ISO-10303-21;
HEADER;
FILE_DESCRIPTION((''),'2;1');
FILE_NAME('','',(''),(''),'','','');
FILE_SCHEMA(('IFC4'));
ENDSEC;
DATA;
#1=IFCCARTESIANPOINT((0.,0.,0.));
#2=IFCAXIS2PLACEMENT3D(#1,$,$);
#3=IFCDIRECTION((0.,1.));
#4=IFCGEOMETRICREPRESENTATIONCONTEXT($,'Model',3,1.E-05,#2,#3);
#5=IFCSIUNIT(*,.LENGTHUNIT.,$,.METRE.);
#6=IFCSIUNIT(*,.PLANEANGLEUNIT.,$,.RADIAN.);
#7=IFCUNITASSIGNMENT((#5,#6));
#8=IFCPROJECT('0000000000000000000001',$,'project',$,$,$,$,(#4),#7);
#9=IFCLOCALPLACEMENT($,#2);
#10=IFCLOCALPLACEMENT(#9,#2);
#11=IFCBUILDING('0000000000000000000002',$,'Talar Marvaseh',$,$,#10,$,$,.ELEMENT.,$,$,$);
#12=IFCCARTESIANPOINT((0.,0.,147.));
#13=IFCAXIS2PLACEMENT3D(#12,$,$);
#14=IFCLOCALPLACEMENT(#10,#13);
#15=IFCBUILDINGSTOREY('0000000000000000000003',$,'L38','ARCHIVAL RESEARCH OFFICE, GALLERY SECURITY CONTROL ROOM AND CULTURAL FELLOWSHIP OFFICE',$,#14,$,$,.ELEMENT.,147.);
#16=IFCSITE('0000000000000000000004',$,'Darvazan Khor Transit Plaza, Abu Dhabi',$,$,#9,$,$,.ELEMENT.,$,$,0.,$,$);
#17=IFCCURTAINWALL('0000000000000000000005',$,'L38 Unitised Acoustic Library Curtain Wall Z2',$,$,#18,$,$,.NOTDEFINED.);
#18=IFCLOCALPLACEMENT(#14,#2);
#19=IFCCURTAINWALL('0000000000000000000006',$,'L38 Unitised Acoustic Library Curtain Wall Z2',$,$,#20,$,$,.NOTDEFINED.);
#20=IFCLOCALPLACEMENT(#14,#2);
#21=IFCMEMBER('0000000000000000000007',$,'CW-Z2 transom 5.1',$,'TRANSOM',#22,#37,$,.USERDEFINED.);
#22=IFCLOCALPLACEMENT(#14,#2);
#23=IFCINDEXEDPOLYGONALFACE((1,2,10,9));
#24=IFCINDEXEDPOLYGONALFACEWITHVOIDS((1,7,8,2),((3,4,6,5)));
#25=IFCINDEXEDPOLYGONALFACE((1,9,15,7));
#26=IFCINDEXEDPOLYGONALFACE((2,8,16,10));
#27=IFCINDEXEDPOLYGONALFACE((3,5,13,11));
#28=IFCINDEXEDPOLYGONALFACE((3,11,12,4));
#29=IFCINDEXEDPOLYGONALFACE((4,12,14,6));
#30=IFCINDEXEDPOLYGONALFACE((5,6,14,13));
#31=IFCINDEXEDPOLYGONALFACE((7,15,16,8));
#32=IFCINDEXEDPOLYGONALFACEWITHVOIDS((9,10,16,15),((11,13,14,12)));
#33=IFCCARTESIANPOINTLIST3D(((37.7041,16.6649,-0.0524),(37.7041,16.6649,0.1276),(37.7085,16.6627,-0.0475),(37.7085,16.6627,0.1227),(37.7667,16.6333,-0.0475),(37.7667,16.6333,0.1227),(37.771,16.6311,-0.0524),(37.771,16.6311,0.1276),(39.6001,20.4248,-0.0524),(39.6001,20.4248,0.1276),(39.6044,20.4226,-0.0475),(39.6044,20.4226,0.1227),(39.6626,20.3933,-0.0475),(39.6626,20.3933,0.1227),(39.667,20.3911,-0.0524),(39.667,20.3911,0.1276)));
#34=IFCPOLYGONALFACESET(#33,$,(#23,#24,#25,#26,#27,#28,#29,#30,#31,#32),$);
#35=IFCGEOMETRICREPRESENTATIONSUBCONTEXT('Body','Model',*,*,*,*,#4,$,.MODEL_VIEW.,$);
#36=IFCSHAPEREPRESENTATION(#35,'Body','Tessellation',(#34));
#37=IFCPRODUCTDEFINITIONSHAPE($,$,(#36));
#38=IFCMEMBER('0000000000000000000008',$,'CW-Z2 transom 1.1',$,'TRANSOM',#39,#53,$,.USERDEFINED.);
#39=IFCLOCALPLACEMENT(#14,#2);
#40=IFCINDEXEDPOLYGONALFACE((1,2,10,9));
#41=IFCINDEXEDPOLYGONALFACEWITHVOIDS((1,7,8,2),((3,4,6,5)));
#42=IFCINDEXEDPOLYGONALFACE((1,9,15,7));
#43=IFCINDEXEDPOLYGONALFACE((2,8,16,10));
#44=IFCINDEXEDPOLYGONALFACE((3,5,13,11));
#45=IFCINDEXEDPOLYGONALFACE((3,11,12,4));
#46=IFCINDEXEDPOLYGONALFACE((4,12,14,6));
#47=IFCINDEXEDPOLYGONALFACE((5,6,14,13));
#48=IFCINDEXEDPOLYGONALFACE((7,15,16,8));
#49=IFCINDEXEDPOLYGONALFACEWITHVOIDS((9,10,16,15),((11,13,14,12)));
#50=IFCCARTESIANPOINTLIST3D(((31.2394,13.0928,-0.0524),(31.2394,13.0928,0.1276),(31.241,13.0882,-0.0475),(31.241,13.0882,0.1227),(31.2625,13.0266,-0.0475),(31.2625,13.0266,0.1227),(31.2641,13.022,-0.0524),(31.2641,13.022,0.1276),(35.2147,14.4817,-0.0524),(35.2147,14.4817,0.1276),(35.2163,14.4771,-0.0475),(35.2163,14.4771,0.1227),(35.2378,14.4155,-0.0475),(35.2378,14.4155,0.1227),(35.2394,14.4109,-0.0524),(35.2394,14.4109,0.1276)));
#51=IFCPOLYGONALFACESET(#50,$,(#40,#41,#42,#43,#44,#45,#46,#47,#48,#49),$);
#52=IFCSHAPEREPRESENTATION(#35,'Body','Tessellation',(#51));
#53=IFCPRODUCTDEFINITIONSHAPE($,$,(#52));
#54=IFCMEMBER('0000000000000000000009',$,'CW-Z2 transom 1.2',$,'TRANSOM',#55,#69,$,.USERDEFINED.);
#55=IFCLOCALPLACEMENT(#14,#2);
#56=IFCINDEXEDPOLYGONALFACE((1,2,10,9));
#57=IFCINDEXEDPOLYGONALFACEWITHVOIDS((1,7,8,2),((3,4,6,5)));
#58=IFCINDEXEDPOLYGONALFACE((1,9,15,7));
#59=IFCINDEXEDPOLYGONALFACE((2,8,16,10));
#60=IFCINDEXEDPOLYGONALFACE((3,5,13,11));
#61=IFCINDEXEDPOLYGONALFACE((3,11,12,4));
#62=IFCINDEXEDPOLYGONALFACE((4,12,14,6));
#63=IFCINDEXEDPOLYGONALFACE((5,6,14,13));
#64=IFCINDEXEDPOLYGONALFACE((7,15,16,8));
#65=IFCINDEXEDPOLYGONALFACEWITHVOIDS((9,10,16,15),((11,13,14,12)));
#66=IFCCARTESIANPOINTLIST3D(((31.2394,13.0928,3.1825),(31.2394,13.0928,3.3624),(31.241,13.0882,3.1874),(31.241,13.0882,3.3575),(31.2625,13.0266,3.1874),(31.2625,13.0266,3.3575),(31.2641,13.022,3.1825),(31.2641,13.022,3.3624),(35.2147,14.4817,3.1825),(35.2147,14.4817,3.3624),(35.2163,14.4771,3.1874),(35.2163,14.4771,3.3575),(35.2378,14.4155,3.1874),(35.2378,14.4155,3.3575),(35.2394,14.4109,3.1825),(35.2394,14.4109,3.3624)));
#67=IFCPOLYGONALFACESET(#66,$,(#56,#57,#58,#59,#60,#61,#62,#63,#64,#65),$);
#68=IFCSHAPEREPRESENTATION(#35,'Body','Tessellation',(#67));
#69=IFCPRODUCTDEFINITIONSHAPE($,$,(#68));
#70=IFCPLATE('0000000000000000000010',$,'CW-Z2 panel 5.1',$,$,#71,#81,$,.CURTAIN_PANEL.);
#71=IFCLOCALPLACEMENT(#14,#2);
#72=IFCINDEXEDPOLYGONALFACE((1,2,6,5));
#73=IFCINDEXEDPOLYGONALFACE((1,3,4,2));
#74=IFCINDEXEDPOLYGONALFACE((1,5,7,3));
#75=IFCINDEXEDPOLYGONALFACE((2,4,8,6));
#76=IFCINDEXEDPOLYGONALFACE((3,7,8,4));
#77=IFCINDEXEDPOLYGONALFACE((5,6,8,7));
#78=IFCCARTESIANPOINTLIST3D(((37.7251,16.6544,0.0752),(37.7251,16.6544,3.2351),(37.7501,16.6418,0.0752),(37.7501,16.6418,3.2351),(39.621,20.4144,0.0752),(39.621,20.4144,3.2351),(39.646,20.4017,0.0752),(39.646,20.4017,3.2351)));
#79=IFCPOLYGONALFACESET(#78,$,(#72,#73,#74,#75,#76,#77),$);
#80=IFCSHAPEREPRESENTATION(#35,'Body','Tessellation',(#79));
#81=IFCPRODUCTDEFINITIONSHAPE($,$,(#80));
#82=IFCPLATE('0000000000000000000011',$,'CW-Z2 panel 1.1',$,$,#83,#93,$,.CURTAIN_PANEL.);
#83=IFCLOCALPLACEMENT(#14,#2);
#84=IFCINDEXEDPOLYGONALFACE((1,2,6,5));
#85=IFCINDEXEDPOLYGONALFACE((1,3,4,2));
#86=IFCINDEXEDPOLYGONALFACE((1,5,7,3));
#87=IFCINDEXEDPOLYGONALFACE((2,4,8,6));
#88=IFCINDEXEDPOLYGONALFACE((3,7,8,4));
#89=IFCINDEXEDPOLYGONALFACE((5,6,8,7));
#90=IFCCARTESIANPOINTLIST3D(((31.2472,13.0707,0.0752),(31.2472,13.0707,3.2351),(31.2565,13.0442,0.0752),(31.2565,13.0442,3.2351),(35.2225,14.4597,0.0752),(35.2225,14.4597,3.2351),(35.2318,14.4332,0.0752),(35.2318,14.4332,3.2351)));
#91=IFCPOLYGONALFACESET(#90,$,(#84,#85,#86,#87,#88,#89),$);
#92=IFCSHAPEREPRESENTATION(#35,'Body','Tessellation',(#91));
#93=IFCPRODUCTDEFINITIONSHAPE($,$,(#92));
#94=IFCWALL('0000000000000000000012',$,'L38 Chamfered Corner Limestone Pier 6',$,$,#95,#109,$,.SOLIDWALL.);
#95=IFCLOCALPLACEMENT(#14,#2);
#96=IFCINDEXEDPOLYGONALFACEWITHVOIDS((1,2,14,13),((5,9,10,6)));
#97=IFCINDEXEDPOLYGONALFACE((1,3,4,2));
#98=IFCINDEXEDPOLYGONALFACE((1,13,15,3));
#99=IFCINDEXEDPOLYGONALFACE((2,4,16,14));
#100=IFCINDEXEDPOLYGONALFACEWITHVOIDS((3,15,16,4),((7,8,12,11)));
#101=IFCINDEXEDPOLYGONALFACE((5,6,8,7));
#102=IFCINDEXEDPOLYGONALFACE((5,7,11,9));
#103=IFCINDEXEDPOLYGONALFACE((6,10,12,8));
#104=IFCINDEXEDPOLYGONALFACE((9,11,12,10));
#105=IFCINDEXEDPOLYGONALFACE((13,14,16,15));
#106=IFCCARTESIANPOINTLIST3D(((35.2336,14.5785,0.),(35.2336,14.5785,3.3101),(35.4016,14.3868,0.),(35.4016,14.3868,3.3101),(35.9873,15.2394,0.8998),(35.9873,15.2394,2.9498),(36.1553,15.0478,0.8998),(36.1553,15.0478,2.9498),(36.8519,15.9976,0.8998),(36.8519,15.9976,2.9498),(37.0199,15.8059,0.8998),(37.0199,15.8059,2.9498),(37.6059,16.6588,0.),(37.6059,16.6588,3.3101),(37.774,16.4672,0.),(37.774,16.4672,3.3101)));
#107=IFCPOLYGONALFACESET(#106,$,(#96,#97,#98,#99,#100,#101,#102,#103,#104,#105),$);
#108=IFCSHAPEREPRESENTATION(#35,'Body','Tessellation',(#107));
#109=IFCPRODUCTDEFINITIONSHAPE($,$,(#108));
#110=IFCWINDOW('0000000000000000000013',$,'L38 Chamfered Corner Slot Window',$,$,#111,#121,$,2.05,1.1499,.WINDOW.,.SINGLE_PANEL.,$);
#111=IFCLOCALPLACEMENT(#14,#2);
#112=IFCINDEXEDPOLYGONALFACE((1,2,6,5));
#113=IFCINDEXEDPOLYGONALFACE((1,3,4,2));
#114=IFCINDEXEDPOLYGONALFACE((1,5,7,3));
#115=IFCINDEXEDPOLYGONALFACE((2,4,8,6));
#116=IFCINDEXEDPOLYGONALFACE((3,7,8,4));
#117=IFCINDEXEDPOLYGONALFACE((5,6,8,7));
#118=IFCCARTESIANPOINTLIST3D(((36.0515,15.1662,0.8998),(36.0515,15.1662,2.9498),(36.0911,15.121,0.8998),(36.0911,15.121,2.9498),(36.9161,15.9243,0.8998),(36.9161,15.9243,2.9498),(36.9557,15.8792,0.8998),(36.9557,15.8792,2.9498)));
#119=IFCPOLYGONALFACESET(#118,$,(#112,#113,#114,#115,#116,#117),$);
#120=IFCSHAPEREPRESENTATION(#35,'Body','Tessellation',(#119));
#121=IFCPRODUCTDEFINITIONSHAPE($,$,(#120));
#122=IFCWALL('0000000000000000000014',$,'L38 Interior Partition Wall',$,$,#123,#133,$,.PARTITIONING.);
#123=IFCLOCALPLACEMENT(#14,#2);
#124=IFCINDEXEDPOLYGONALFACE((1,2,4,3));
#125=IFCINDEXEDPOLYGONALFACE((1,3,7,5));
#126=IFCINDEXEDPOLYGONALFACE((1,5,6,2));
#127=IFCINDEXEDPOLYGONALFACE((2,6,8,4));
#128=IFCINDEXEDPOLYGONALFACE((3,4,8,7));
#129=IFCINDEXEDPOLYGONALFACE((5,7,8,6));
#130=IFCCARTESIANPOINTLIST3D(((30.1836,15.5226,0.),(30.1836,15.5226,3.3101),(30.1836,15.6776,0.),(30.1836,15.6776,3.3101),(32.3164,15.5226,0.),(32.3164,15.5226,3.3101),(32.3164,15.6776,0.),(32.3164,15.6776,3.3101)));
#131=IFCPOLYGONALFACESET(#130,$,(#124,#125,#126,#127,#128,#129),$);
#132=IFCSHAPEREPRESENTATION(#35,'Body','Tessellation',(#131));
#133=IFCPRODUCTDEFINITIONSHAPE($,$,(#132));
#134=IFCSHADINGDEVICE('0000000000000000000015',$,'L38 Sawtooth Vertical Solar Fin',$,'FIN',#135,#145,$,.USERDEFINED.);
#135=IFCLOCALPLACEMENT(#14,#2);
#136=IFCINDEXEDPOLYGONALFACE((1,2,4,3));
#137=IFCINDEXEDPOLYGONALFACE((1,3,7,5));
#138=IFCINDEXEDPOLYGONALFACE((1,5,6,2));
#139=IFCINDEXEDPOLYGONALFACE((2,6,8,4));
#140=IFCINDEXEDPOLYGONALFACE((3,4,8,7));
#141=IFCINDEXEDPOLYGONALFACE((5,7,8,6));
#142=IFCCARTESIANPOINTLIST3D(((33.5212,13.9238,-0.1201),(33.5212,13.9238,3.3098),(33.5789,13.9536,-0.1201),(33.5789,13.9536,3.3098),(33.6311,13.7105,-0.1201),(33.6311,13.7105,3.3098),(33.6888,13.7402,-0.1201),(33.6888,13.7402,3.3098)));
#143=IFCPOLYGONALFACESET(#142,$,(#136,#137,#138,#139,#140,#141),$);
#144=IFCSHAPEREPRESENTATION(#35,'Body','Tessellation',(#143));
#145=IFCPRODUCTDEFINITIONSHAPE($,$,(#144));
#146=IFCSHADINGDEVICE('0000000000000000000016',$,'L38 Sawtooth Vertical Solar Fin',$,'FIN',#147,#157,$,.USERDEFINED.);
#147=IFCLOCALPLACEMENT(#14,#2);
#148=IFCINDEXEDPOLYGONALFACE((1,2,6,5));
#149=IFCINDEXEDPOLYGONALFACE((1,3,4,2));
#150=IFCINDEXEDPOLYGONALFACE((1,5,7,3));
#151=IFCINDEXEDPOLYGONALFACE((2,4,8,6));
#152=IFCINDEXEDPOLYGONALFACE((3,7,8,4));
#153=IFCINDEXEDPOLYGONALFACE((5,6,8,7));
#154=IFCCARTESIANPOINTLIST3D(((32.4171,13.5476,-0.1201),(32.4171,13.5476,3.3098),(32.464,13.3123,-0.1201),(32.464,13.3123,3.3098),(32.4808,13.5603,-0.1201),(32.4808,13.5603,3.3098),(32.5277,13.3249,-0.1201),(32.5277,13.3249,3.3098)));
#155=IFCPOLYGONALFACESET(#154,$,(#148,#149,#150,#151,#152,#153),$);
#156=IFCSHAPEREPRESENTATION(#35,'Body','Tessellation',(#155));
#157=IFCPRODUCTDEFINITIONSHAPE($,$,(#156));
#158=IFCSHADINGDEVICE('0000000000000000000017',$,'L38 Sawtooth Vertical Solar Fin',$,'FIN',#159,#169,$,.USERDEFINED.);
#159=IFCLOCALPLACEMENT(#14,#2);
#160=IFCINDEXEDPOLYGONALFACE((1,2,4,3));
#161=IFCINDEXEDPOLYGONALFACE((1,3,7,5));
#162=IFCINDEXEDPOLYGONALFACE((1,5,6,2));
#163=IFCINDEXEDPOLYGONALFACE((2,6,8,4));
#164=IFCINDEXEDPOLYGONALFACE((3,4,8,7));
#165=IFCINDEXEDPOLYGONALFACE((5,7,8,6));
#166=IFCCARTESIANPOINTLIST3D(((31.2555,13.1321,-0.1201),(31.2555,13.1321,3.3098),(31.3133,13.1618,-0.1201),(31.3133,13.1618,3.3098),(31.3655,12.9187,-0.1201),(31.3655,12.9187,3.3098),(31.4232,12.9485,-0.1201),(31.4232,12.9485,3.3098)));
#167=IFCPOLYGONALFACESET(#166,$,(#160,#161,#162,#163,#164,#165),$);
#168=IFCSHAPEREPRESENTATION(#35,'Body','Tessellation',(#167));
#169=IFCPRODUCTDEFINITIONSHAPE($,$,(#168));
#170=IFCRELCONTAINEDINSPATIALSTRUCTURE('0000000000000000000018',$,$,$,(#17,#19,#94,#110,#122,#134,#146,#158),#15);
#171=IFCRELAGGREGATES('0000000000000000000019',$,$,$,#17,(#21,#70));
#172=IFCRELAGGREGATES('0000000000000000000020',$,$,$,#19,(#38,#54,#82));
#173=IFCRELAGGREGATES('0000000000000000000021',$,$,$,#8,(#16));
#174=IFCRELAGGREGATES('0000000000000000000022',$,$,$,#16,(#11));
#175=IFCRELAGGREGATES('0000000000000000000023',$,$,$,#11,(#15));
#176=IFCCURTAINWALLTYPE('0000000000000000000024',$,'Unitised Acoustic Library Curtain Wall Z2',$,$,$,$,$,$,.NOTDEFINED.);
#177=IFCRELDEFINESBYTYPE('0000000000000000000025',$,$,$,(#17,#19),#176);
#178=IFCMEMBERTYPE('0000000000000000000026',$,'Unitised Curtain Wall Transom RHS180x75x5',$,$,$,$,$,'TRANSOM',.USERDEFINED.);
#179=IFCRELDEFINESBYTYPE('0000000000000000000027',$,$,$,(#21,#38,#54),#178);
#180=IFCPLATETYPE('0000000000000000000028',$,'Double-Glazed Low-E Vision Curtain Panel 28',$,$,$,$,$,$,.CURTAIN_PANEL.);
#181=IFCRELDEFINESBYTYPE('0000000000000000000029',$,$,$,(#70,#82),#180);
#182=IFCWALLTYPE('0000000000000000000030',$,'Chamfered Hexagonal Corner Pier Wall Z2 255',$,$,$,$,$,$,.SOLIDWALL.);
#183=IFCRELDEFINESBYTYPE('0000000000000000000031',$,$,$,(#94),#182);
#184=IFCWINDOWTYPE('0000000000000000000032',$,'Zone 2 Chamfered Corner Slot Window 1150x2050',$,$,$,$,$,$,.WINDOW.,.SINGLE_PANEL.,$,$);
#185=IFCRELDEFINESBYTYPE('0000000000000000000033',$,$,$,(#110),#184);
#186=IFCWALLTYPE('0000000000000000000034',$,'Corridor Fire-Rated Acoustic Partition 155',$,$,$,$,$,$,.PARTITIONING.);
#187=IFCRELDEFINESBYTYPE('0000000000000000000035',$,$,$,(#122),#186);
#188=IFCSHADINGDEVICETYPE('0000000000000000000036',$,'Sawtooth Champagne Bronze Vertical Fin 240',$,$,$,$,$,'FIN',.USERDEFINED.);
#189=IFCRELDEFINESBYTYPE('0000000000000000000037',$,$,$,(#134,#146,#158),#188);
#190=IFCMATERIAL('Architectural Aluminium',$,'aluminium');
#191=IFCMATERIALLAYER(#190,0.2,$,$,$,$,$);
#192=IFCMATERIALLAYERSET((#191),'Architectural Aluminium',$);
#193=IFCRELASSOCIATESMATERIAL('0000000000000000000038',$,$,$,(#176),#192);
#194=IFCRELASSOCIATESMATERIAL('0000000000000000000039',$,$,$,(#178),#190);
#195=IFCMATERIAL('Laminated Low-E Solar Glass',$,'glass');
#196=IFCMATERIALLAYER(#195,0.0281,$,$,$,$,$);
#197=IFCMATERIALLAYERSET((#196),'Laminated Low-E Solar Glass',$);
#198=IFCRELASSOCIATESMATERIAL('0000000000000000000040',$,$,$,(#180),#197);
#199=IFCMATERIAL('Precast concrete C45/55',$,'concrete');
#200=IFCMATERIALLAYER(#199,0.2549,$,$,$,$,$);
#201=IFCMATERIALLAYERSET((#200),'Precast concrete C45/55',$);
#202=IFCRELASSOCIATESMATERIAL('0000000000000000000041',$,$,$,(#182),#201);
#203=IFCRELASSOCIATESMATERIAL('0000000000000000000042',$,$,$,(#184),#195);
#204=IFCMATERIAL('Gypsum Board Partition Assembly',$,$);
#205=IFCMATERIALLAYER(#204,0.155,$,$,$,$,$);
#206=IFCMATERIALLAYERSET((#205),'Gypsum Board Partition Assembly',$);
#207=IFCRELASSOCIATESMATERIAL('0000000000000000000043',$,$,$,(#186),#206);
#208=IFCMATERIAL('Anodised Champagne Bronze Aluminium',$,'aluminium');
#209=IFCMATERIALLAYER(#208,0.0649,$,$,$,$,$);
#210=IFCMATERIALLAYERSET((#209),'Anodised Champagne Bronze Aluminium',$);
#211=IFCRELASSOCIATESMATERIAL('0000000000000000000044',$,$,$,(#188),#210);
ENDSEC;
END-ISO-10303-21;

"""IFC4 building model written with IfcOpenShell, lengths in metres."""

from ifc_helpers import new_model, si_unit, direction, frame, frame_2d, origin, origin_2d, place, context, subcontext, project, spatial, rectangle, hollow_rectangle, extrude, source, transform, mapped, material, layer, layer_set, material_profile, profile_set, type_object, type_shapes, element, fill, aggregate, save


model = new_model("IFC4")

# Units and contexts
model_context = context("Model", 3, precision=1e-05, world=origin(), true_north=direction((0.0, 1.0)))
body_context = subcontext(model_context, "Body", "Model", "MODEL_VIEW")
ifc_project = project(units=[si_unit("LENGTHUNIT", "METRE"), si_unit("PLANEANGLEUNIT", "RADIAN")], contexts=[model_context])

# Site, building, storey
site_placement = place(None, origin())
site = spatial("IfcSite", under=ifc_project, at=site_placement, Name="Darvazan Khor Transit Plaza, Abu Dhabi", CompositionType="ELEMENT", RefElevation=0.0)
building_placement = place(site_placement, origin())
building = spatial("IfcBuilding", under=site, at=building_placement, Name="Talar Marvaseh", CompositionType="ELEMENT")
storey_placement = place(building_placement, frame((0.0, 0.0, 147.0)))
storey = spatial("IfcBuildingStorey", under=building, at=storey_placement, Name="L38", Description="ARCHIVAL RESEARCH OFFICE, GALLERY SECURITY CONTROL ROOM AND CULTURAL FELLOWSHIP OFFICE", CompositionType="ELEMENT", Elevation=147.0)

# Curtain walls
ifc_material_1 = material(Name="Architectural Aluminium", Category="aluminium")
ifc_layer_1 = layer(ifc_material_1, 0.2)
ifc_layer_set_1 = layer_set([ifc_layer_1], Name="Architectural Aluminium")
curtain_wall_type = type_object("IfcCurtainWallType", Name="Unitised Acoustic Library Curtain Wall Z2", PredefinedType="NOTDEFINED", material=ifc_layer_set_1)
curtain_wall_1_placement = place(storey_placement, origin())
curtain_wall_1 = element("IfcCurtainWall", 1, at=curtain_wall_1_placement, inside=storey, type_object=curtain_wall_type, Name="L38 Unitised Acoustic Library Curtain Wall Z2", PredefinedType="NOTDEFINED")
curtain_wall_2_placement = place(storey_placement, origin())
curtain_wall_2 = element("IfcCurtainWall", 2, at=curtain_wall_2_placement, inside=storey, type_object=curtain_wall_type, Name="L38 Unitised Acoustic Library Curtain Wall Z2", PredefinedType="NOTDEFINED")

# Members
ifc_material_profile_1 = material_profile(ifc_material_1, hollow_rectangle(XDim=0.075, YDim=0.1799, WallThickness=0.0049, at=origin_2d()), Name="RHS180x75x5")
ifc_profile_set_1 = profile_set([ifc_material_profile_1], Name="Architectural Aluminium")
member_type_1 = type_object("IfcMemberType", Name="Unitised Curtain Wall Transom RHS180x75x5", ElementType="TRANSOM", PredefinedType="USERDEFINED", material=ifc_profile_set_1)
shared_shape_1 = source(origin(), body_context, "Body", "SweptSolid", [
    extrude(hollow_rectangle(XDim=0.075, YDim=0.1799, WallThickness=0.0049, at=origin_2d()), origin(), (0.0, 0.0, 1.0), 4.2109),
])
type_shapes(member_type_1, [shared_shape_1])
member_1_placement = place(storey_placement, frame((39.6335, 20.408, 0.0376), z_axis=(-0.450249, -0.892903, 0.0), x_axis=(0.892903, -0.450249, 0.0)))
member_1 = element("IfcMember", 3, at=member_1_placement, type_object=member_type_1, Name="CW-Z2 transom 5.1", ObjectType="TRANSOM", PredefinedType="USERDEFINED", context=body_context, shape_type="MappedRepresentation", body=[
    mapped(shared_shape_1, transform((0.0, 0.0, 0.0), x_axis=(1.0, 0.0, 0.0), y_axis=(0.0, 1.0, 0.0), z_axis=(0.0, 0.0, 1.0), scale=1.0)),
])
member_2_placement = place(storey_placement, frame((35.2271, 14.4463, 0.0376), z_axis=(-0.94404, -0.329831, 0.0), x_axis=(0.329831, -0.94404, 0.0)))
member_2 = element("IfcMember", 4, at=member_2_placement, type_object=member_type_1, Name="CW-Z2 transom 1.1", ObjectType="TRANSOM", PredefinedType="USERDEFINED", context=body_context, shape_type="MappedRepresentation", body=[
    mapped(shared_shape_1, transform((0.0, 0.0, 0.0), x_axis=(1.0, 0.0, 0.0), y_axis=(0.0, 1.0, 0.0), z_axis=(0.0, 0.0, 1.0), scale=1.0)),
])
member_3_placement = place(storey_placement, frame((35.2271, 14.4463, 3.2725), z_axis=(-0.94404, -0.329831, 0.0), x_axis=(0.329831, -0.94404, 0.0)))
member_3 = element("IfcMember", 5, at=member_3_placement, type_object=member_type_1, Name="CW-Z2 transom 1.2", ObjectType="TRANSOM", PredefinedType="USERDEFINED", context=body_context, shape_type="MappedRepresentation", body=[
    mapped(shared_shape_1, transform((0.0, 0.0, 0.0), x_axis=(1.0, 0.0, 0.0), y_axis=(0.0, 1.0, 0.0), z_axis=(0.0, 0.0, 1.0), scale=1.0)),
])

# Plates
ifc_material_2 = material(Name="Laminated Low-E Solar Glass", Category="glass")
ifc_layer_2 = layer(ifc_material_2, 0.0281)
ifc_layer_set_2 = layer_set([ifc_layer_2], Name="Laminated Low-E Solar Glass")
plate_type = type_object("IfcPlateType", Name="Double-Glazed Low-E Vision Curtain Panel 28", PredefinedType="CURTAIN_PANEL", material=ifc_layer_set_2)
shared_shape_2 = source(origin(), body_context, "Body", "SweptSolid", [
    extrude(rectangle(XDim=4.2109, YDim=0.0281, at=origin_2d()), origin(), (0.0, 0.0, 1.0), 3.1599),
])
type_shapes(plate_type, [shared_shape_2])
plate_1_placement = place(storey_placement, frame((38.6855, 18.5281, 0.0752), z_axis=(0.0, 0.0, 1.0), x_axis=(-0.450236, -0.892909, 0.0)))
plate_1 = element("IfcPlate", 6, at=plate_1_placement, type_object=plate_type, Name="CW-Z2 panel 5.1", PredefinedType="CURTAIN_PANEL", context=body_context, shape_type="MappedRepresentation", body=[
    mapped(shared_shape_2, transform((0.0, 0.0, 0.0), x_axis=(1.0, 0.0, 0.0), y_axis=(0.0, 1.0, 0.0), z_axis=(0.0, 0.0, 1.0), scale=1.0)),
])
aggregate(curtain_wall_1, [member_1, plate_1])
plate_2_placement = place(storey_placement, frame((33.2395, 13.752, 0.0752), z_axis=(0.0, 0.0, 1.0), x_axis=(-0.944038, -0.329837, 0.0)))
plate_2 = element("IfcPlate", 7, at=plate_2_placement, type_object=plate_type, Name="CW-Z2 panel 1.1", PredefinedType="CURTAIN_PANEL", context=body_context, shape_type="MappedRepresentation", body=[
    mapped(shared_shape_2, transform((0.0, 0.0, 0.0), x_axis=(1.0, 0.0, 0.0), y_axis=(0.0, 1.0, 0.0), z_axis=(0.0, 0.0, 1.0), scale=1.0)),
])
aggregate(curtain_wall_2, [member_2, member_3, plate_2])

# Wall, opening, window
ifc_material_3 = material(Name="Precast concrete C45/55", Category="concrete")
ifc_layer_3 = layer(ifc_material_3, 0.2549)
ifc_layer_set_3 = layer_set([ifc_layer_3], Name="Precast concrete C45/55")
wall_type_1 = type_object("IfcWallType", Name="Chamfered Hexagonal Corner Pier Wall Z2 255", PredefinedType="SOLIDWALL", material=ifc_layer_set_3)
wall_1_placement = place(storey_placement, frame((37.6899, 16.563, 0.0), z_axis=(0.0, 0.0, 1.0), x_axis=(-0.751862, -0.65932, 0.0)))
wall_1 = element("IfcWall", 8, at=wall_1_placement, inside=storey, type_object=wall_type_1, Name="L38 Chamfered Corner Limestone Pier 6", PredefinedType="SOLIDWALL", context=body_context, shape_type="SweptSolid", body=[
    extrude(rectangle(XDim=3.1553, YDim=0.2549, at=frame_2d((1.5776, 0.0))), origin(), (0.0, 0.0, 1.0), 3.3101),
])
opening_placement = place(wall_1_placement, frame((1.0029, 0.0, 0.8999)))
opening = element("IfcOpeningElement", 9, at=opening_placement, cuts=wall_1, PredefinedType="OPENING", context=body_context, shape_type="SweptSolid", body=[
    extrude(rectangle(XDim=1.1499, YDim=2.05, at=frame_2d((0.575, 1.0249))), frame((0.0, 0.1375, 0.0), z_axis=(0.0, -1.0, 0.0), x_axis=(1.0, 0.0, 0.0)), (0.0, 0.0, 1.0), 0.2749),
])
window_type = type_object("IfcWindowType", Name="Zone 2 Chamfered Corner Slot Window 1150x2050", PartitioningType="SINGLE_PANEL", PredefinedType="WINDOW", material=ifc_material_2)
shared_shape_3 = source(origin(), body_context, "Body", "SweptSolid", [
    extrude(rectangle(XDim=1.1499, YDim=2.05, at=frame_2d((0.575, 1.0249))), frame((0.0, 0.03, 0.0), z_axis=(0.0, -1.0, 0.0), x_axis=(1.0, 0.0, 0.0)), (0.0, 0.0, 1.0), 0.0601),
])
type_shapes(window_type, [shared_shape_3])
window_placement = place(opening_placement, origin())
window = element("IfcWindow", 10, at=window_placement, inside=storey, type_object=window_type, Name="L38 Chamfered Corner Slot Window", OverallHeight=2.05, OverallWidth=1.1499, PartitioningType="SINGLE_PANEL", PredefinedType="WINDOW", context=body_context, shape_type="MappedRepresentation", body=[
    mapped(shared_shape_3, transform((0.0, 0.0, 0.0), x_axis=(1.0, 0.0, 0.0), y_axis=(0.0, 1.0, 0.0), z_axis=(0.0, 0.0, 1.0), scale=1.0)),
])
fill(opening, window)

# Wall
ifc_material_4 = material(Name="Gypsum Board Partition Assembly")
ifc_layer_4 = layer(ifc_material_4, 0.155)
ifc_layer_set_4 = layer_set([ifc_layer_4], Name="Gypsum Board Partition Assembly")
wall_type_2 = type_object("IfcWallType", Name="Corridor Fire-Rated Acoustic Partition 155", PredefinedType="PARTITIONING", material=ifc_layer_set_4)
wall_2_placement = place(storey_placement, frame((32.3164, 15.6001, 0.0), z_axis=(0.0, 0.0, 1.0), x_axis=(-1.0, 0.0, 0.0)))
element("IfcWall", 11, at=wall_2_placement, inside=storey, type_object=wall_type_2, Name="L38 Interior Partition Wall", PredefinedType="PARTITIONING", context=body_context, shape_type="SweptSolid", body=[
    extrude(rectangle(XDim=2.1328, YDim=0.155, at=frame_2d((1.0664, 0.0))), origin(), (0.0, 0.0, 1.0), 3.3101),
])

# Shading devices
ifc_material_5 = material(Name="Anodised Champagne Bronze Aluminium", Category="aluminium")
ifc_layer_5 = layer(ifc_material_5, 0.0649)
ifc_layer_set_5 = layer_set([ifc_layer_5], Name="Anodised Champagne Bronze Aluminium")
shading_device_type = type_object("IfcShadingDeviceType", Name="Sawtooth Champagne Bronze Vertical Fin 240", ElementType="FIN", PredefinedType="USERDEFINED", material=ifc_layer_set_5)
shared_shape_4 = source(origin(), body_context, "Body", "SweptSolid", [
    extrude(rectangle(XDim=0.24, YDim=0.0649, at=origin_2d()), origin(), (0.0, 0.0, 1.0), 3.4299),
])
type_shapes(shading_device_type, [shared_shape_4])
for number, where, z_axis, x_axis, name in (
    (12, (33.605, 13.832, -0.1201), (0.0, 0.0, 1.0), (0.458029, -0.888937, 0.0), "L38 Sawtooth Vertical Solar Fin"),
    (13, (32.4724, 13.4363, -0.1201), (0.0, 0.0, 1.0), (0.195261, -0.980751, 0.0), "L38 Sawtooth Vertical Solar Fin"),
    (14, (31.3394, 13.0403, -0.1201), (0.0, 0.0, 1.0), (0.458029, -0.888937, 0.0), "L38 Sawtooth Vertical Solar Fin"),
):
    element("IfcShadingDevice", number, at=place(storey_placement, frame(where, z_axis=z_axis, x_axis=x_axis)), inside=storey, type_object=shading_device_type, Name=name, ObjectType="FIN", PredefinedType="USERDEFINED", context=body_context, shape_type="MappedRepresentation", body=[
        mapped(shared_shape_4, transform((0.0, 0.0, 0.0), x_axis=(1.0, 0.0, 0.0), y_axis=(0.0, 1.0, 0.0), z_axis=(0.0, 0.0, 1.0), scale=1.0)),
    ])

save(model, "model.ifc")
